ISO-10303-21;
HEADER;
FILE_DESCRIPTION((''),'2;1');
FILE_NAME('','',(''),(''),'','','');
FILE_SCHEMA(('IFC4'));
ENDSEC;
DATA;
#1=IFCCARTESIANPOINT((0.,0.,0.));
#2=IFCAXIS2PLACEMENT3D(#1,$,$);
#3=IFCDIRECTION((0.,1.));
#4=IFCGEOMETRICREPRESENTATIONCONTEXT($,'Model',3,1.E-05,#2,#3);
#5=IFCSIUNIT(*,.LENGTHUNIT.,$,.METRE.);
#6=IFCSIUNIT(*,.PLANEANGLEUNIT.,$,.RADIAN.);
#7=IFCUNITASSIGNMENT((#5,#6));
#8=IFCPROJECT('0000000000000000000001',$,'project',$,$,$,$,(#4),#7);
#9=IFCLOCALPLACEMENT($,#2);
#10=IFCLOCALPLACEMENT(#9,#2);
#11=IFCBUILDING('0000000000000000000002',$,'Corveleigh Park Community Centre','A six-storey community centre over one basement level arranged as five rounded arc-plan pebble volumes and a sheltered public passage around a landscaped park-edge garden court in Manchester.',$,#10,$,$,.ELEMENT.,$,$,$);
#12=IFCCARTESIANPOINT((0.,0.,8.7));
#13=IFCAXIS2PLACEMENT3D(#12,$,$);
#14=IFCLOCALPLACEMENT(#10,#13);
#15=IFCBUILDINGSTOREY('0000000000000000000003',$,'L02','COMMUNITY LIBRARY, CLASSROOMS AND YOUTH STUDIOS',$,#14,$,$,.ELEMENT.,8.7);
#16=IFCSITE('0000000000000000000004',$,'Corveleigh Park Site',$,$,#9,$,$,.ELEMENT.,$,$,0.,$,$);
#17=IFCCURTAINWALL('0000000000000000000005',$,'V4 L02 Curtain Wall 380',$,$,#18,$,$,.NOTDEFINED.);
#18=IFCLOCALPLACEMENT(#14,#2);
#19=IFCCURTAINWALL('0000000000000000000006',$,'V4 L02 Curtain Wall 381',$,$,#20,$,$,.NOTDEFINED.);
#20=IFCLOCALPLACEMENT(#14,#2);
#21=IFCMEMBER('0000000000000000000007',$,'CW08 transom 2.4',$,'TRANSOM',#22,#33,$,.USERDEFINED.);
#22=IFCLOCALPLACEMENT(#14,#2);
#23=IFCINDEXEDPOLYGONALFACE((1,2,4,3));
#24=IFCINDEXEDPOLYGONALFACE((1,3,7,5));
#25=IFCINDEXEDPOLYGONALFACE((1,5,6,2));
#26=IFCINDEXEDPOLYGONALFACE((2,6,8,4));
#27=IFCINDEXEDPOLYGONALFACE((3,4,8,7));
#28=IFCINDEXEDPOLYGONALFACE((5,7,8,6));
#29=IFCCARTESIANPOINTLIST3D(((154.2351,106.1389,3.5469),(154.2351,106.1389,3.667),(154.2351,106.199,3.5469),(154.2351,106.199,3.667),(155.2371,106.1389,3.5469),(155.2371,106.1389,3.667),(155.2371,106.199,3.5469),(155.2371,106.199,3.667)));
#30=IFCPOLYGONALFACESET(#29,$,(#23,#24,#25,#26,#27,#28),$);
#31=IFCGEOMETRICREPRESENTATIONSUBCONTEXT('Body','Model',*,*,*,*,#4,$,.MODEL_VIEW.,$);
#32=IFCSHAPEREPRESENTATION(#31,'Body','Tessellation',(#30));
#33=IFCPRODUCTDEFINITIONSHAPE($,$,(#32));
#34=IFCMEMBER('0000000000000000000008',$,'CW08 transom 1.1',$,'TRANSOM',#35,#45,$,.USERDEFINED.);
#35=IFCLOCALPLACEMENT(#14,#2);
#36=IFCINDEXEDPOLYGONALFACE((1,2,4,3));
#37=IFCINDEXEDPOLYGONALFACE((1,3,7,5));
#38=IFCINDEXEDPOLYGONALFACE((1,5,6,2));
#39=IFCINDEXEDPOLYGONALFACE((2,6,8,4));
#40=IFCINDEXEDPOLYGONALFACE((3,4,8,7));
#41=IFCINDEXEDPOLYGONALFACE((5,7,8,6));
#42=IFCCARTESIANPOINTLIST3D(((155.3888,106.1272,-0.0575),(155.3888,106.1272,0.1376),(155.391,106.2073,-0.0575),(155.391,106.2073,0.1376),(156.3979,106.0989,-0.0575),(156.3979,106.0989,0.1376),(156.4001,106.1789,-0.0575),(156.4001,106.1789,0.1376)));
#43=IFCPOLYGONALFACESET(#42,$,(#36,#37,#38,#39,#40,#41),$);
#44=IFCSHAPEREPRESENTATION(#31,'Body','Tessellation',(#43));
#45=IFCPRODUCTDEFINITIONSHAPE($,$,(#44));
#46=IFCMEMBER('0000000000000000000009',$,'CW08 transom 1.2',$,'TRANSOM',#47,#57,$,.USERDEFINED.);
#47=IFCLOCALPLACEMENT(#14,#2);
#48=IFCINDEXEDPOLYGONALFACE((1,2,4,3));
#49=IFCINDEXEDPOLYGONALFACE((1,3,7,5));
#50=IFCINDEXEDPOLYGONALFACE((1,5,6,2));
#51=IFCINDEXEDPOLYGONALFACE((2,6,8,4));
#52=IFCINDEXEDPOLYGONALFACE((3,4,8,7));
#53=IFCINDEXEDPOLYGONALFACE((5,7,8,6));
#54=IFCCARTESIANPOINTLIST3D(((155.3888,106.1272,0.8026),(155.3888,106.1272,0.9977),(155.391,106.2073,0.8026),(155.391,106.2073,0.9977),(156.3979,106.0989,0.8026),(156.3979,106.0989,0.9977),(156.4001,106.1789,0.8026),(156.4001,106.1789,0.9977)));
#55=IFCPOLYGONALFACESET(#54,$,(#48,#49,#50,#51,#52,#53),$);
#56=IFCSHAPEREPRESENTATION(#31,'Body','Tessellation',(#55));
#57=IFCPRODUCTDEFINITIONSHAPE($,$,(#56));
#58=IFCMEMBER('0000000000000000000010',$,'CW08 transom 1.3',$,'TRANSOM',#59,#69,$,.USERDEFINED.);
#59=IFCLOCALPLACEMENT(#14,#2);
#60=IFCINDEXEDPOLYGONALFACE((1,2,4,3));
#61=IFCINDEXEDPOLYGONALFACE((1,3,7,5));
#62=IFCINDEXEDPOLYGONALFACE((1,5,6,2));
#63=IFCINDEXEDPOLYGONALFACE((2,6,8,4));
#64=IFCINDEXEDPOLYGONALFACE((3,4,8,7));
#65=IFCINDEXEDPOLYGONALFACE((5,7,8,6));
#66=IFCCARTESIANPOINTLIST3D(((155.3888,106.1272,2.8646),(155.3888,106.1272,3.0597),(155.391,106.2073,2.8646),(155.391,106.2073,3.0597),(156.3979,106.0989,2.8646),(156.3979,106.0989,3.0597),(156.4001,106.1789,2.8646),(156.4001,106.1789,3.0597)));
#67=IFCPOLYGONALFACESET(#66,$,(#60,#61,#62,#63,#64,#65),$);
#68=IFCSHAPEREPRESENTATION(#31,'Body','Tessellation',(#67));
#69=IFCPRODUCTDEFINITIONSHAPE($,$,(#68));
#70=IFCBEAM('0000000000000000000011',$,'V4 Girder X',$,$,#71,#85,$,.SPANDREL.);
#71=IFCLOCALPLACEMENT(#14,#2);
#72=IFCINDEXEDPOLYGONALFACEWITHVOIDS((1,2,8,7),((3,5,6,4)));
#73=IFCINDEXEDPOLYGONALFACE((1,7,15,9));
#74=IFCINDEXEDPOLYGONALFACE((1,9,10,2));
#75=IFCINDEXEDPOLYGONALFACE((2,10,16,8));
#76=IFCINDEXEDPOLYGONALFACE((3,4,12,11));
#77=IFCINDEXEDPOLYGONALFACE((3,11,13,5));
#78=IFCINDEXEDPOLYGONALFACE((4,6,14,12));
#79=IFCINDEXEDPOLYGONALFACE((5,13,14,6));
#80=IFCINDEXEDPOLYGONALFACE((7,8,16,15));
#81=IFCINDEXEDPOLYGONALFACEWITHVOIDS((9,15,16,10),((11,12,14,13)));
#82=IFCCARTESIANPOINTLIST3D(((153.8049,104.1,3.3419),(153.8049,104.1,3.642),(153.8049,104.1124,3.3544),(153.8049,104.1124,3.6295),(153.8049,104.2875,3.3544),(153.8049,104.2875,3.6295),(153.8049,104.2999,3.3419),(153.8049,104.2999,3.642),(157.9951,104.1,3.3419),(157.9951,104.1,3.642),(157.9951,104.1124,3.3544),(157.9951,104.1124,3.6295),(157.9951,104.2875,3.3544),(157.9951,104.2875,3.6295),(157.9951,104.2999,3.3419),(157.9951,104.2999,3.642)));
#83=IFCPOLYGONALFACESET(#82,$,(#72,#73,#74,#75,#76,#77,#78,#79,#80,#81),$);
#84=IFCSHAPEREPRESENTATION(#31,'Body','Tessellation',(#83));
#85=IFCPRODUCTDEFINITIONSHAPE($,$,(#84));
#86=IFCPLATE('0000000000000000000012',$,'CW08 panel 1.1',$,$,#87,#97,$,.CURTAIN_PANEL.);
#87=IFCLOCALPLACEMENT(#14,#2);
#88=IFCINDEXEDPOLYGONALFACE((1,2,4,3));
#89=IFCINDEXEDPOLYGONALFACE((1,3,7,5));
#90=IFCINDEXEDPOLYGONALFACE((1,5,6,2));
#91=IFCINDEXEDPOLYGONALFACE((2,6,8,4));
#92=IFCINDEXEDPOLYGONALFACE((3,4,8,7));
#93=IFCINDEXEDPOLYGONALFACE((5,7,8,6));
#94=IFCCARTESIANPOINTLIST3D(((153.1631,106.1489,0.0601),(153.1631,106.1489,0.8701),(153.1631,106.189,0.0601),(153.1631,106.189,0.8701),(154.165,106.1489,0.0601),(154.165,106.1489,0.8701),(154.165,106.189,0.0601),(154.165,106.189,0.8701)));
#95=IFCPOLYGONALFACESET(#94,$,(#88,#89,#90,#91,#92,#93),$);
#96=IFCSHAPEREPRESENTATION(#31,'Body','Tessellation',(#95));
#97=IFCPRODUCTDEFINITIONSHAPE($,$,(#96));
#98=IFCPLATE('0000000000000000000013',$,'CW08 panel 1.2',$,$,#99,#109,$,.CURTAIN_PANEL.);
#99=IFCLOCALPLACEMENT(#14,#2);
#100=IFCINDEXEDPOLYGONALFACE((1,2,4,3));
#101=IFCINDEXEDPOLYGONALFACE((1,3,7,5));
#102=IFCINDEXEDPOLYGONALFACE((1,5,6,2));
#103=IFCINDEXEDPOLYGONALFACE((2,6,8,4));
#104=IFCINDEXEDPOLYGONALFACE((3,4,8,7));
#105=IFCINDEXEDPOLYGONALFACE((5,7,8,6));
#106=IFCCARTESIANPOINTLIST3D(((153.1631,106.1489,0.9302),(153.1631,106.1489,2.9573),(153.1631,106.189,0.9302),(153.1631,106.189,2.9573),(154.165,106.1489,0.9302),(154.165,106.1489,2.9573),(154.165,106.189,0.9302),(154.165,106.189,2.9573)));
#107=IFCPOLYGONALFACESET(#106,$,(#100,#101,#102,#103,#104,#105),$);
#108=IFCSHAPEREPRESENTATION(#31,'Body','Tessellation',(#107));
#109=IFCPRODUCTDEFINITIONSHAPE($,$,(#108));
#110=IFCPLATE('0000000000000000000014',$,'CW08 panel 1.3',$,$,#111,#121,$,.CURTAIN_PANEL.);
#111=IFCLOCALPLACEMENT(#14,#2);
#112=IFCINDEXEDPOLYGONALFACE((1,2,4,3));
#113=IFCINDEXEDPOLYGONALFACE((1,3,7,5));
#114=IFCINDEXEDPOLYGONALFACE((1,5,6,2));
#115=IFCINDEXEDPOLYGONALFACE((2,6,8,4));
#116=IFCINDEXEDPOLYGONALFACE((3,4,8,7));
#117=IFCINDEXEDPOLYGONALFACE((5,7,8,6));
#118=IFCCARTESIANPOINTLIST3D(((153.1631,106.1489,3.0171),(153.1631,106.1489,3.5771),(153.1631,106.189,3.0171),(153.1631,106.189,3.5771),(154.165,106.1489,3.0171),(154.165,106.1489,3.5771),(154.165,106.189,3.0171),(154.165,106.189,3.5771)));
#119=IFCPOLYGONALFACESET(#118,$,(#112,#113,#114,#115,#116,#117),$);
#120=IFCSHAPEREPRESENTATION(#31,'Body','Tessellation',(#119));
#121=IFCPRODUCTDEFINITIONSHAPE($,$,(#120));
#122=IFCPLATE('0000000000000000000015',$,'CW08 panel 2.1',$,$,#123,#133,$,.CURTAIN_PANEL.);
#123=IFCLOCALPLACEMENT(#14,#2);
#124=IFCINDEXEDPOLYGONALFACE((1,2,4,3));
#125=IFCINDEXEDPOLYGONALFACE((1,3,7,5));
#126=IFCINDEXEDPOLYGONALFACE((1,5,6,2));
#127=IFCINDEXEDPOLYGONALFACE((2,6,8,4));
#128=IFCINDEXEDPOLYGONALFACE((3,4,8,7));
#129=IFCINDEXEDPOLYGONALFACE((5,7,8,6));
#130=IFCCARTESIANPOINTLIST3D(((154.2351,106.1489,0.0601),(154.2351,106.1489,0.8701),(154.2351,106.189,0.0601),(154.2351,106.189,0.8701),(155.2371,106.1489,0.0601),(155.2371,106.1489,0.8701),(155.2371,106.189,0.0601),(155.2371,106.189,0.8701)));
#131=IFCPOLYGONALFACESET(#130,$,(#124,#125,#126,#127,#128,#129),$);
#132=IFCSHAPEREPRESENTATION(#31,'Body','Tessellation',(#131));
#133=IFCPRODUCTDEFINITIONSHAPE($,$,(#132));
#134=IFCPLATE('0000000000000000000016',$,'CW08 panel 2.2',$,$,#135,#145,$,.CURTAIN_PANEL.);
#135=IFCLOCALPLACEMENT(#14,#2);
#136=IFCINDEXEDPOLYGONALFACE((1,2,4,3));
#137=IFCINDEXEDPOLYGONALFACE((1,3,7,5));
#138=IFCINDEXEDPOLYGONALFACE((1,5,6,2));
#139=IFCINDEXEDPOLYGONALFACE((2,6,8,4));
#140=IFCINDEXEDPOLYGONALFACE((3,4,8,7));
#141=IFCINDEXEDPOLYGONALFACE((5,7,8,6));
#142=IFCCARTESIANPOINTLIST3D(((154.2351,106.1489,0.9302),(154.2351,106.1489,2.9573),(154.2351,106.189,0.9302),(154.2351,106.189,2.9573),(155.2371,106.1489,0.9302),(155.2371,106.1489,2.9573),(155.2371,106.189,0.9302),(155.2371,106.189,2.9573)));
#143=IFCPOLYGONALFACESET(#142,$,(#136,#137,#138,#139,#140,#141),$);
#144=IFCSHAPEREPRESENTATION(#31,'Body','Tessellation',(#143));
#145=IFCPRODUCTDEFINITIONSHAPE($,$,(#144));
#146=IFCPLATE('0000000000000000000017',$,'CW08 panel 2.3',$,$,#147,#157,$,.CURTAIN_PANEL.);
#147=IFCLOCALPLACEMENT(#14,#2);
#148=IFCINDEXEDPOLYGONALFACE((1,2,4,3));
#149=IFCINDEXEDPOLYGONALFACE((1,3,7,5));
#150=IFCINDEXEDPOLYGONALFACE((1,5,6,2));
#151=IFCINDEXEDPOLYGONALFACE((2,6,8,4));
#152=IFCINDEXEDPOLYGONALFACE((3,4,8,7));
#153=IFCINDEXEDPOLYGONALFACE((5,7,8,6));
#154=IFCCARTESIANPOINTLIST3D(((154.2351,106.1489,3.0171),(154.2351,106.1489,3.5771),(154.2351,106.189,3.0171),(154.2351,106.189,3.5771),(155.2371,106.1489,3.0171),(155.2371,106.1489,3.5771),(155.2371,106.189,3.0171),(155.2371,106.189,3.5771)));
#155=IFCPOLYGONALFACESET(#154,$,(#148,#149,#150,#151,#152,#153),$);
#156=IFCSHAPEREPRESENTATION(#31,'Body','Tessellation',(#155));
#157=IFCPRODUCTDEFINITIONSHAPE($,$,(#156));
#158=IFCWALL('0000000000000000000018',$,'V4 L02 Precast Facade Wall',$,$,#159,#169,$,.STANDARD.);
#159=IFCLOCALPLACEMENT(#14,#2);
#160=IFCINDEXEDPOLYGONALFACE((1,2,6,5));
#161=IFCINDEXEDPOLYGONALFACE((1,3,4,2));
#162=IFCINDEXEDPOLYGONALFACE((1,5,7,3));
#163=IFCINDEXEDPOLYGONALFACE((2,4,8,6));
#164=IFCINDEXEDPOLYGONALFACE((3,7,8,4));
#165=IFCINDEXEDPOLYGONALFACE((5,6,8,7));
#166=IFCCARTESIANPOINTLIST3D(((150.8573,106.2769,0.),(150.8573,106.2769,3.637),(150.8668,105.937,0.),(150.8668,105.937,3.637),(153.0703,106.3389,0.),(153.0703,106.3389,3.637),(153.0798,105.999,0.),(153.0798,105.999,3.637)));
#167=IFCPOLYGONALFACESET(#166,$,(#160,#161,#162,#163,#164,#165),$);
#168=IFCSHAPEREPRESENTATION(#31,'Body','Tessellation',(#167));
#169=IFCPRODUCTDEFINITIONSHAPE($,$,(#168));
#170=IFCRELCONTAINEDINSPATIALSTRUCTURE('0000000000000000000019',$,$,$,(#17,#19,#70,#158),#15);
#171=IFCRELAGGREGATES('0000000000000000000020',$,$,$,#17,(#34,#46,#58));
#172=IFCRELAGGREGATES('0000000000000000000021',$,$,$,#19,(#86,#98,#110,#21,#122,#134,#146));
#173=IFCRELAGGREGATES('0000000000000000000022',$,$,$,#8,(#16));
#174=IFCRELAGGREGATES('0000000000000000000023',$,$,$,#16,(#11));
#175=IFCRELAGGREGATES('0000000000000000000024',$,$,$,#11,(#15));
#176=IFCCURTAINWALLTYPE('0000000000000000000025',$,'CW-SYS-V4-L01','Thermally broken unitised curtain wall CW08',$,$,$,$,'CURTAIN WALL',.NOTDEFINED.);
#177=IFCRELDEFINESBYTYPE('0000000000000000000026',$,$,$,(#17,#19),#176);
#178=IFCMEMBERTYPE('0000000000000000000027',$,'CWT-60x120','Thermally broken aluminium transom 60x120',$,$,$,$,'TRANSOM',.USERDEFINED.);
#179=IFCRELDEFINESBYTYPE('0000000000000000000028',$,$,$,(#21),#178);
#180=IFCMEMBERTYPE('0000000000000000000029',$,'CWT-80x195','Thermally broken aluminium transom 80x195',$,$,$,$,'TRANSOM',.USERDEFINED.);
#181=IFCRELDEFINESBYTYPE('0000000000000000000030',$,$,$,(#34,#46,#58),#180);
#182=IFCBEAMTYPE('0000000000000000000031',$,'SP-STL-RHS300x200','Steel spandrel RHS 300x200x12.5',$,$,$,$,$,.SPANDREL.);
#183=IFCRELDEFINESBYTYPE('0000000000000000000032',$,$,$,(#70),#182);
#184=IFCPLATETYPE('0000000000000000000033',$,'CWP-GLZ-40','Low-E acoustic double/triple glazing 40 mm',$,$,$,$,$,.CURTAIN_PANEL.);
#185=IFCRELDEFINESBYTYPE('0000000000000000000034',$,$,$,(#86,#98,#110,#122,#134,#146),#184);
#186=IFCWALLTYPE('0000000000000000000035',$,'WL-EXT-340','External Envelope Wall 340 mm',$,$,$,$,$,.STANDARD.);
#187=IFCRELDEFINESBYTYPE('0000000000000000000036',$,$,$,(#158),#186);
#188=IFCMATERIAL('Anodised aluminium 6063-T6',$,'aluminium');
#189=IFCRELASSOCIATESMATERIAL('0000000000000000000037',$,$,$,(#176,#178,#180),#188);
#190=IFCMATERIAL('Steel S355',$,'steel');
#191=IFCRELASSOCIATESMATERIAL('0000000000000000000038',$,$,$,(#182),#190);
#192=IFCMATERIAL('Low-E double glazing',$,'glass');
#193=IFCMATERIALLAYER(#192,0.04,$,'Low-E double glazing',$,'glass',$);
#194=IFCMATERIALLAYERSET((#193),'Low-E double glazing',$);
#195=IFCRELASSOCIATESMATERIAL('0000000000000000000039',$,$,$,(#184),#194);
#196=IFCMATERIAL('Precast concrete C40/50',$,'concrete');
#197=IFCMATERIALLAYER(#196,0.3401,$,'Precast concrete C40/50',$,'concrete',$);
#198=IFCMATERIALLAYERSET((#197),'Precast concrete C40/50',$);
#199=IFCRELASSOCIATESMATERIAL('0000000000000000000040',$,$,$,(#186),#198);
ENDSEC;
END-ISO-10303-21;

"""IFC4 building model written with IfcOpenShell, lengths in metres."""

from ifc_helpers import new_model, si_unit, direction, frame, frame_2d, origin, origin_2d, place, context, subcontext, project, spatial, rectangle, hollow_rectangle, extrude, material, layer, layer_set, material_profile, profile_set, type_object, element, aggregate, save


model = new_model("IFC4")

# Units and contexts
model_context = context("Model", 3, precision=1e-05, world=origin(), true_north=direction((0.0, 1.0)))
body_context = subcontext(model_context, "Body", "Model", "MODEL_VIEW")
ifc_project = project(units=[si_unit("LENGTHUNIT", "METRE"), si_unit("PLANEANGLEUNIT", "RADIAN")], contexts=[model_context])

# Site, building, storey
site_placement = place(None, origin())
site = spatial("IfcSite", under=ifc_project, at=site_placement, Name="Corveleigh Park Site", CompositionType="ELEMENT", RefElevation=0.0)
building_placement = place(site_placement, origin())
building = spatial("IfcBuilding", under=site, at=building_placement, Name="Corveleigh Park Community Centre", Description="A six-storey community centre over one basement level arranged as five rounded arc-plan pebble volumes and a sheltered public passage around a landscaped park-edge garden court in Manchester.", CompositionType="ELEMENT")
storey_placement = place(building_placement, frame((0.0, 0.0, 8.7)))
storey = spatial("IfcBuildingStorey", under=building, at=storey_placement, Name="L02", Description="COMMUNITY LIBRARY, CLASSROOMS AND YOUTH STUDIOS", CompositionType="ELEMENT", Elevation=8.7)

# Shared definitions
ifc_material_1 = material(Name="Steel S355", Category="steel")

# Curtain wall
ifc_material_2 = material(Name="Anodised aluminium 6063-T6", Category="aluminium")
curtain_wall_type = type_object("IfcCurtainWallType", Name="CW-SYS-V4-L01", Description="Thermally broken unitised curtain wall CW08", ElementType="CURTAIN WALL", PredefinedType="NOTDEFINED", material=ifc_material_2)
curtain_wall_1_placement = place(storey_placement, origin())
curtain_wall_1 = element("IfcCurtainWall", 1, at=curtain_wall_1_placement, inside=storey, type_object=curtain_wall_type, Name="V4 L02 Curtain Wall 380", PredefinedType="NOTDEFINED")

# Curtain wall
curtain_wall_2_placement = place(storey_placement, origin())
curtain_wall_2 = element("IfcCurtainWall", 2, at=curtain_wall_2_placement, inside=storey, type_object=curtain_wall_type, Name="V4 L02 Curtain Wall 381", PredefinedType="NOTDEFINED")

# Members
ifc_material_profile_1 = material_profile(ifc_material_2, rectangle(XDim=0.0601, YDim=0.1201, at=origin_2d()), Name="ALU-T60x120", Category="aluminium")
ifc_profile_set_1 = profile_set([ifc_material_profile_1], Name="Anodised aluminium 6063-T6")
member_type_1 = type_object("IfcMemberType", Name="CWT-60x120", Description="Thermally broken aluminium transom 60x120", ElementType="TRANSOM", PredefinedType="USERDEFINED", material=ifc_profile_set_1)
member_1_placement = place(storey_placement, frame((154.2351, 106.1689, 3.6069), z_axis=(1.0, 0.0, 0.0), x_axis=(0.0, 1.0, 0.0)))
member_1 = element("IfcMember", 3, at=member_1_placement, type_object=member_type_1, Name="CW08 transom 2.4", ObjectType="TRANSOM", PredefinedType="USERDEFINED", context=body_context, shape_type="SweptSolid", body=[
    extrude(rectangle(XDim=0.0601, YDim=0.1201, at=origin_2d()), origin(), (0.0, 0.0, 1.0), 1.002),
])
ifc_material_profile_2 = material_profile(ifc_material_2, rectangle(XDim=0.0801, YDim=0.1951, at=origin_2d()), Name="ALU-T80x195", Category="aluminium")
ifc_profile_set_2 = profile_set([ifc_material_profile_2], Name="Anodised aluminium 6063-T6")
member_type_2 = type_object("IfcMemberType", Name="CWT-80x195", Description="Thermally broken aluminium transom 80x195", ElementType="TRANSOM", PredefinedType="USERDEFINED", material=ifc_profile_set_2)
member_2_placement = place(storey_placement, frame((155.3899, 106.1672, 0.04), z_axis=(0.999606, -0.028056, 0.0), x_axis=(0.028056, 0.999606, 0.0)))
member_2 = element("IfcMember", 4, at=member_2_placement, type_object=member_type_2, Name="CW08 transom 1.1", ObjectType="TRANSOM", PredefinedType="USERDEFINED", context=body_context, shape_type="SweptSolid", body=[
    extrude(rectangle(XDim=0.0801, YDim=0.1951, at=origin_2d()), origin(), (0.0, 0.0, 1.0), 1.0095),
])
member_3_placement = place(storey_placement, frame((155.3899, 106.1672, 0.9001), z_axis=(0.999606, -0.028056, 0.0), x_axis=(0.028056, 0.999606, 0.0)))
member_3 = element("IfcMember", 5, at=member_3_placement, type_object=member_type_2, Name="CW08 transom 1.2", ObjectType="TRANSOM", PredefinedType="USERDEFINED", context=body_context, shape_type="SweptSolid", body=[
    extrude(rectangle(XDim=0.0801, YDim=0.1951, at=origin_2d()), origin(), (0.0, 0.0, 1.0), 1.0095),
])
member_4_placement = place(storey_placement, frame((155.3899, 106.1672, 2.9622), z_axis=(0.999606, -0.028056, 0.0), x_axis=(0.028056, 0.999606, 0.0)))
member_4 = element("IfcMember", 6, at=member_4_placement, type_object=member_type_2, Name="CW08 transom 1.3", ObjectType="TRANSOM", PredefinedType="USERDEFINED", context=body_context, shape_type="SweptSolid", body=[
    extrude(rectangle(XDim=0.0801, YDim=0.1951, at=origin_2d()), origin(), (0.0, 0.0, 1.0), 1.0095),
])
aggregate(curtain_wall_1, [member_2, member_3, member_4])

# Beam
ifc_material_profile_3 = material_profile(ifc_material_1, hollow_rectangle(XDim=0.2, YDim=0.3, WallThickness=0.0125, at=origin_2d()), Name="RHS 300x200x12.5", Category="steel")
ifc_profile_set_3 = profile_set([ifc_material_profile_3], Name="Steel S355")
beam_type = type_object("IfcBeamType", Name="SP-STL-RHS300x200", Description="Steel spandrel RHS 300x200x12.5", PredefinedType="SPANDREL", material=ifc_profile_set_3)
beam_placement = place(storey_placement, frame((153.8049, 104.2, 3.4919), z_axis=(1.0, 0.0, 0.0), x_axis=(0.0, 1.0, 0.0)))
element("IfcBeam", 7, at=beam_placement, inside=storey, type_object=beam_type, Name="V4 Girder X", PredefinedType="SPANDREL", context=body_context, shape_type="SweptSolid", body=[
    extrude(hollow_rectangle(XDim=0.2, YDim=0.3, WallThickness=0.0125, at=origin_2d()), origin(), (0.0, 0.0, 1.0), 4.1902),
])

# Plates
ifc_material_3 = material(Name="Low-E double glazing", Category="glass")
ifc_layer_1 = layer(ifc_material_3, 0.04, Name="Low-E double glazing", Category="glass")
ifc_layer_set_1 = layer_set([ifc_layer_1], Name="Low-E double glazing")
plate_type = type_object("IfcPlateType", Name="CWP-GLZ-40", Description="Low-E acoustic double/triple glazing 40 mm", PredefinedType="CURTAIN_PANEL", material=ifc_layer_set_1)
plate_1_placement = place(storey_placement, frame((153.6641, 106.1689, 0.0601), z_axis=(0.0, 0.0, 1.0), x_axis=(1.0, 0.0, 0.0)))
plate_1 = element("IfcPlate", 8, at=plate_1_placement, type_object=plate_type, Name="CW08 panel 1.1", PredefinedType="CURTAIN_PANEL", context=body_context, shape_type="SweptSolid", body=[
    extrude(rectangle(XDim=1.002, YDim=0.04, at=origin_2d()), origin(), (0.0, 0.0, 1.0), 0.8101),
])
plate_2_placement = place(storey_placement, frame((153.6641, 106.1689, 0.9302), z_axis=(0.0, 0.0, 1.0), x_axis=(1.0, 0.0, 0.0)))
plate_2 = element("IfcPlate", 9, at=plate_2_placement, type_object=plate_type, Name="CW08 panel 1.2", PredefinedType="CURTAIN_PANEL", context=body_context, shape_type="SweptSolid", body=[
    extrude(rectangle(XDim=1.002, YDim=0.04, at=origin_2d()), origin(), (0.0, 0.0, 1.0), 2.0271),
])
plate_3_placement = place(storey_placement, frame((153.6641, 106.1689, 3.0171), z_axis=(0.0, 0.0, 1.0), x_axis=(1.0, 0.0, 0.0)))
plate_3 = element("IfcPlate", 10, at=plate_3_placement, type_object=plate_type, Name="CW08 panel 1.3", PredefinedType="CURTAIN_PANEL", context=body_context, shape_type="SweptSolid", body=[
    extrude(rectangle(XDim=1.002, YDim=0.04, at=origin_2d()), origin(), (0.0, 0.0, 1.0), 0.5601),
])
plate_4_placement = place(storey_placement, frame((154.7361, 106.1689, 0.0601), z_axis=(0.0, 0.0, 1.0), x_axis=(1.0, 0.0, 0.0)))
plate_4 = element("IfcPlate", 11, at=plate_4_placement, type_object=plate_type, Name="CW08 panel 2.1", PredefinedType="CURTAIN_PANEL", context=body_context, shape_type="SweptSolid", body=[
    extrude(rectangle(XDim=1.002, YDim=0.04, at=origin_2d()), origin(), (0.0, 0.0, 1.0), 0.8101),
])
plate_5_placement = place(storey_placement, frame((154.7361, 106.1689, 0.9302), z_axis=(0.0, 0.0, 1.0), x_axis=(1.0, 0.0, 0.0)))
plate_5 = element("IfcPlate", 12, at=plate_5_placement, type_object=plate_type, Name="CW08 panel 2.2", PredefinedType="CURTAIN_PANEL", context=body_context, shape_type="SweptSolid", body=[
    extrude(rectangle(XDim=1.002, YDim=0.04, at=origin_2d()), origin(), (0.0, 0.0, 1.0), 2.0271),
])
plate_6_placement = place(storey_placement, frame((154.7361, 106.1689, 3.0171), z_axis=(0.0, 0.0, 1.0), x_axis=(1.0, 0.0, 0.0)))
plate_6 = element("IfcPlate", 13, at=plate_6_placement, type_object=plate_type, Name="CW08 panel 2.3", PredefinedType="CURTAIN_PANEL", context=body_context, shape_type="SweptSolid", body=[
    extrude(rectangle(XDim=1.002, YDim=0.04, at=origin_2d()), origin(), (0.0, 0.0, 1.0), 0.5601),
])
aggregate(curtain_wall_2, [plate_1, plate_2, plate_3, member_1, plate_4, plate_5, plate_6])

# Wall
ifc_material_4 = material(Name="Precast concrete C40/50", Category="concrete")
ifc_layer_2 = layer(ifc_material_4, 0.3401, Name="Precast concrete C40/50", Category="concrete")
ifc_layer_set_2 = layer_set([ifc_layer_2], Name="Precast concrete C40/50")
wall_type_1 = type_object("IfcWallType", Name="WL-EXT-340", Description="External Envelope Wall 340 mm", PredefinedType="STANDARD", material=ifc_layer_set_2)
wall_1_placement = place(storey_placement, frame((150.8621, 106.1069, 0.0), z_axis=(0.0, 0.0, 1.0), x_axis=(0.999608, 0.028012, 0.0)))
element("IfcWall", 14, at=wall_1_placement, inside=storey, type_object=wall_type_1, Name="V4 L02 Precast Facade Wall", PredefinedType="STANDARD", context=body_context, shape_type="SweptSolid", body=[
    extrude(rectangle(XDim=2.2139, YDim=0.3401, at=frame_2d((1.1069, 0.0))), origin(), (0.0, 0.0, 1.0), 3.637),
])

save(model, "model.ifc")
